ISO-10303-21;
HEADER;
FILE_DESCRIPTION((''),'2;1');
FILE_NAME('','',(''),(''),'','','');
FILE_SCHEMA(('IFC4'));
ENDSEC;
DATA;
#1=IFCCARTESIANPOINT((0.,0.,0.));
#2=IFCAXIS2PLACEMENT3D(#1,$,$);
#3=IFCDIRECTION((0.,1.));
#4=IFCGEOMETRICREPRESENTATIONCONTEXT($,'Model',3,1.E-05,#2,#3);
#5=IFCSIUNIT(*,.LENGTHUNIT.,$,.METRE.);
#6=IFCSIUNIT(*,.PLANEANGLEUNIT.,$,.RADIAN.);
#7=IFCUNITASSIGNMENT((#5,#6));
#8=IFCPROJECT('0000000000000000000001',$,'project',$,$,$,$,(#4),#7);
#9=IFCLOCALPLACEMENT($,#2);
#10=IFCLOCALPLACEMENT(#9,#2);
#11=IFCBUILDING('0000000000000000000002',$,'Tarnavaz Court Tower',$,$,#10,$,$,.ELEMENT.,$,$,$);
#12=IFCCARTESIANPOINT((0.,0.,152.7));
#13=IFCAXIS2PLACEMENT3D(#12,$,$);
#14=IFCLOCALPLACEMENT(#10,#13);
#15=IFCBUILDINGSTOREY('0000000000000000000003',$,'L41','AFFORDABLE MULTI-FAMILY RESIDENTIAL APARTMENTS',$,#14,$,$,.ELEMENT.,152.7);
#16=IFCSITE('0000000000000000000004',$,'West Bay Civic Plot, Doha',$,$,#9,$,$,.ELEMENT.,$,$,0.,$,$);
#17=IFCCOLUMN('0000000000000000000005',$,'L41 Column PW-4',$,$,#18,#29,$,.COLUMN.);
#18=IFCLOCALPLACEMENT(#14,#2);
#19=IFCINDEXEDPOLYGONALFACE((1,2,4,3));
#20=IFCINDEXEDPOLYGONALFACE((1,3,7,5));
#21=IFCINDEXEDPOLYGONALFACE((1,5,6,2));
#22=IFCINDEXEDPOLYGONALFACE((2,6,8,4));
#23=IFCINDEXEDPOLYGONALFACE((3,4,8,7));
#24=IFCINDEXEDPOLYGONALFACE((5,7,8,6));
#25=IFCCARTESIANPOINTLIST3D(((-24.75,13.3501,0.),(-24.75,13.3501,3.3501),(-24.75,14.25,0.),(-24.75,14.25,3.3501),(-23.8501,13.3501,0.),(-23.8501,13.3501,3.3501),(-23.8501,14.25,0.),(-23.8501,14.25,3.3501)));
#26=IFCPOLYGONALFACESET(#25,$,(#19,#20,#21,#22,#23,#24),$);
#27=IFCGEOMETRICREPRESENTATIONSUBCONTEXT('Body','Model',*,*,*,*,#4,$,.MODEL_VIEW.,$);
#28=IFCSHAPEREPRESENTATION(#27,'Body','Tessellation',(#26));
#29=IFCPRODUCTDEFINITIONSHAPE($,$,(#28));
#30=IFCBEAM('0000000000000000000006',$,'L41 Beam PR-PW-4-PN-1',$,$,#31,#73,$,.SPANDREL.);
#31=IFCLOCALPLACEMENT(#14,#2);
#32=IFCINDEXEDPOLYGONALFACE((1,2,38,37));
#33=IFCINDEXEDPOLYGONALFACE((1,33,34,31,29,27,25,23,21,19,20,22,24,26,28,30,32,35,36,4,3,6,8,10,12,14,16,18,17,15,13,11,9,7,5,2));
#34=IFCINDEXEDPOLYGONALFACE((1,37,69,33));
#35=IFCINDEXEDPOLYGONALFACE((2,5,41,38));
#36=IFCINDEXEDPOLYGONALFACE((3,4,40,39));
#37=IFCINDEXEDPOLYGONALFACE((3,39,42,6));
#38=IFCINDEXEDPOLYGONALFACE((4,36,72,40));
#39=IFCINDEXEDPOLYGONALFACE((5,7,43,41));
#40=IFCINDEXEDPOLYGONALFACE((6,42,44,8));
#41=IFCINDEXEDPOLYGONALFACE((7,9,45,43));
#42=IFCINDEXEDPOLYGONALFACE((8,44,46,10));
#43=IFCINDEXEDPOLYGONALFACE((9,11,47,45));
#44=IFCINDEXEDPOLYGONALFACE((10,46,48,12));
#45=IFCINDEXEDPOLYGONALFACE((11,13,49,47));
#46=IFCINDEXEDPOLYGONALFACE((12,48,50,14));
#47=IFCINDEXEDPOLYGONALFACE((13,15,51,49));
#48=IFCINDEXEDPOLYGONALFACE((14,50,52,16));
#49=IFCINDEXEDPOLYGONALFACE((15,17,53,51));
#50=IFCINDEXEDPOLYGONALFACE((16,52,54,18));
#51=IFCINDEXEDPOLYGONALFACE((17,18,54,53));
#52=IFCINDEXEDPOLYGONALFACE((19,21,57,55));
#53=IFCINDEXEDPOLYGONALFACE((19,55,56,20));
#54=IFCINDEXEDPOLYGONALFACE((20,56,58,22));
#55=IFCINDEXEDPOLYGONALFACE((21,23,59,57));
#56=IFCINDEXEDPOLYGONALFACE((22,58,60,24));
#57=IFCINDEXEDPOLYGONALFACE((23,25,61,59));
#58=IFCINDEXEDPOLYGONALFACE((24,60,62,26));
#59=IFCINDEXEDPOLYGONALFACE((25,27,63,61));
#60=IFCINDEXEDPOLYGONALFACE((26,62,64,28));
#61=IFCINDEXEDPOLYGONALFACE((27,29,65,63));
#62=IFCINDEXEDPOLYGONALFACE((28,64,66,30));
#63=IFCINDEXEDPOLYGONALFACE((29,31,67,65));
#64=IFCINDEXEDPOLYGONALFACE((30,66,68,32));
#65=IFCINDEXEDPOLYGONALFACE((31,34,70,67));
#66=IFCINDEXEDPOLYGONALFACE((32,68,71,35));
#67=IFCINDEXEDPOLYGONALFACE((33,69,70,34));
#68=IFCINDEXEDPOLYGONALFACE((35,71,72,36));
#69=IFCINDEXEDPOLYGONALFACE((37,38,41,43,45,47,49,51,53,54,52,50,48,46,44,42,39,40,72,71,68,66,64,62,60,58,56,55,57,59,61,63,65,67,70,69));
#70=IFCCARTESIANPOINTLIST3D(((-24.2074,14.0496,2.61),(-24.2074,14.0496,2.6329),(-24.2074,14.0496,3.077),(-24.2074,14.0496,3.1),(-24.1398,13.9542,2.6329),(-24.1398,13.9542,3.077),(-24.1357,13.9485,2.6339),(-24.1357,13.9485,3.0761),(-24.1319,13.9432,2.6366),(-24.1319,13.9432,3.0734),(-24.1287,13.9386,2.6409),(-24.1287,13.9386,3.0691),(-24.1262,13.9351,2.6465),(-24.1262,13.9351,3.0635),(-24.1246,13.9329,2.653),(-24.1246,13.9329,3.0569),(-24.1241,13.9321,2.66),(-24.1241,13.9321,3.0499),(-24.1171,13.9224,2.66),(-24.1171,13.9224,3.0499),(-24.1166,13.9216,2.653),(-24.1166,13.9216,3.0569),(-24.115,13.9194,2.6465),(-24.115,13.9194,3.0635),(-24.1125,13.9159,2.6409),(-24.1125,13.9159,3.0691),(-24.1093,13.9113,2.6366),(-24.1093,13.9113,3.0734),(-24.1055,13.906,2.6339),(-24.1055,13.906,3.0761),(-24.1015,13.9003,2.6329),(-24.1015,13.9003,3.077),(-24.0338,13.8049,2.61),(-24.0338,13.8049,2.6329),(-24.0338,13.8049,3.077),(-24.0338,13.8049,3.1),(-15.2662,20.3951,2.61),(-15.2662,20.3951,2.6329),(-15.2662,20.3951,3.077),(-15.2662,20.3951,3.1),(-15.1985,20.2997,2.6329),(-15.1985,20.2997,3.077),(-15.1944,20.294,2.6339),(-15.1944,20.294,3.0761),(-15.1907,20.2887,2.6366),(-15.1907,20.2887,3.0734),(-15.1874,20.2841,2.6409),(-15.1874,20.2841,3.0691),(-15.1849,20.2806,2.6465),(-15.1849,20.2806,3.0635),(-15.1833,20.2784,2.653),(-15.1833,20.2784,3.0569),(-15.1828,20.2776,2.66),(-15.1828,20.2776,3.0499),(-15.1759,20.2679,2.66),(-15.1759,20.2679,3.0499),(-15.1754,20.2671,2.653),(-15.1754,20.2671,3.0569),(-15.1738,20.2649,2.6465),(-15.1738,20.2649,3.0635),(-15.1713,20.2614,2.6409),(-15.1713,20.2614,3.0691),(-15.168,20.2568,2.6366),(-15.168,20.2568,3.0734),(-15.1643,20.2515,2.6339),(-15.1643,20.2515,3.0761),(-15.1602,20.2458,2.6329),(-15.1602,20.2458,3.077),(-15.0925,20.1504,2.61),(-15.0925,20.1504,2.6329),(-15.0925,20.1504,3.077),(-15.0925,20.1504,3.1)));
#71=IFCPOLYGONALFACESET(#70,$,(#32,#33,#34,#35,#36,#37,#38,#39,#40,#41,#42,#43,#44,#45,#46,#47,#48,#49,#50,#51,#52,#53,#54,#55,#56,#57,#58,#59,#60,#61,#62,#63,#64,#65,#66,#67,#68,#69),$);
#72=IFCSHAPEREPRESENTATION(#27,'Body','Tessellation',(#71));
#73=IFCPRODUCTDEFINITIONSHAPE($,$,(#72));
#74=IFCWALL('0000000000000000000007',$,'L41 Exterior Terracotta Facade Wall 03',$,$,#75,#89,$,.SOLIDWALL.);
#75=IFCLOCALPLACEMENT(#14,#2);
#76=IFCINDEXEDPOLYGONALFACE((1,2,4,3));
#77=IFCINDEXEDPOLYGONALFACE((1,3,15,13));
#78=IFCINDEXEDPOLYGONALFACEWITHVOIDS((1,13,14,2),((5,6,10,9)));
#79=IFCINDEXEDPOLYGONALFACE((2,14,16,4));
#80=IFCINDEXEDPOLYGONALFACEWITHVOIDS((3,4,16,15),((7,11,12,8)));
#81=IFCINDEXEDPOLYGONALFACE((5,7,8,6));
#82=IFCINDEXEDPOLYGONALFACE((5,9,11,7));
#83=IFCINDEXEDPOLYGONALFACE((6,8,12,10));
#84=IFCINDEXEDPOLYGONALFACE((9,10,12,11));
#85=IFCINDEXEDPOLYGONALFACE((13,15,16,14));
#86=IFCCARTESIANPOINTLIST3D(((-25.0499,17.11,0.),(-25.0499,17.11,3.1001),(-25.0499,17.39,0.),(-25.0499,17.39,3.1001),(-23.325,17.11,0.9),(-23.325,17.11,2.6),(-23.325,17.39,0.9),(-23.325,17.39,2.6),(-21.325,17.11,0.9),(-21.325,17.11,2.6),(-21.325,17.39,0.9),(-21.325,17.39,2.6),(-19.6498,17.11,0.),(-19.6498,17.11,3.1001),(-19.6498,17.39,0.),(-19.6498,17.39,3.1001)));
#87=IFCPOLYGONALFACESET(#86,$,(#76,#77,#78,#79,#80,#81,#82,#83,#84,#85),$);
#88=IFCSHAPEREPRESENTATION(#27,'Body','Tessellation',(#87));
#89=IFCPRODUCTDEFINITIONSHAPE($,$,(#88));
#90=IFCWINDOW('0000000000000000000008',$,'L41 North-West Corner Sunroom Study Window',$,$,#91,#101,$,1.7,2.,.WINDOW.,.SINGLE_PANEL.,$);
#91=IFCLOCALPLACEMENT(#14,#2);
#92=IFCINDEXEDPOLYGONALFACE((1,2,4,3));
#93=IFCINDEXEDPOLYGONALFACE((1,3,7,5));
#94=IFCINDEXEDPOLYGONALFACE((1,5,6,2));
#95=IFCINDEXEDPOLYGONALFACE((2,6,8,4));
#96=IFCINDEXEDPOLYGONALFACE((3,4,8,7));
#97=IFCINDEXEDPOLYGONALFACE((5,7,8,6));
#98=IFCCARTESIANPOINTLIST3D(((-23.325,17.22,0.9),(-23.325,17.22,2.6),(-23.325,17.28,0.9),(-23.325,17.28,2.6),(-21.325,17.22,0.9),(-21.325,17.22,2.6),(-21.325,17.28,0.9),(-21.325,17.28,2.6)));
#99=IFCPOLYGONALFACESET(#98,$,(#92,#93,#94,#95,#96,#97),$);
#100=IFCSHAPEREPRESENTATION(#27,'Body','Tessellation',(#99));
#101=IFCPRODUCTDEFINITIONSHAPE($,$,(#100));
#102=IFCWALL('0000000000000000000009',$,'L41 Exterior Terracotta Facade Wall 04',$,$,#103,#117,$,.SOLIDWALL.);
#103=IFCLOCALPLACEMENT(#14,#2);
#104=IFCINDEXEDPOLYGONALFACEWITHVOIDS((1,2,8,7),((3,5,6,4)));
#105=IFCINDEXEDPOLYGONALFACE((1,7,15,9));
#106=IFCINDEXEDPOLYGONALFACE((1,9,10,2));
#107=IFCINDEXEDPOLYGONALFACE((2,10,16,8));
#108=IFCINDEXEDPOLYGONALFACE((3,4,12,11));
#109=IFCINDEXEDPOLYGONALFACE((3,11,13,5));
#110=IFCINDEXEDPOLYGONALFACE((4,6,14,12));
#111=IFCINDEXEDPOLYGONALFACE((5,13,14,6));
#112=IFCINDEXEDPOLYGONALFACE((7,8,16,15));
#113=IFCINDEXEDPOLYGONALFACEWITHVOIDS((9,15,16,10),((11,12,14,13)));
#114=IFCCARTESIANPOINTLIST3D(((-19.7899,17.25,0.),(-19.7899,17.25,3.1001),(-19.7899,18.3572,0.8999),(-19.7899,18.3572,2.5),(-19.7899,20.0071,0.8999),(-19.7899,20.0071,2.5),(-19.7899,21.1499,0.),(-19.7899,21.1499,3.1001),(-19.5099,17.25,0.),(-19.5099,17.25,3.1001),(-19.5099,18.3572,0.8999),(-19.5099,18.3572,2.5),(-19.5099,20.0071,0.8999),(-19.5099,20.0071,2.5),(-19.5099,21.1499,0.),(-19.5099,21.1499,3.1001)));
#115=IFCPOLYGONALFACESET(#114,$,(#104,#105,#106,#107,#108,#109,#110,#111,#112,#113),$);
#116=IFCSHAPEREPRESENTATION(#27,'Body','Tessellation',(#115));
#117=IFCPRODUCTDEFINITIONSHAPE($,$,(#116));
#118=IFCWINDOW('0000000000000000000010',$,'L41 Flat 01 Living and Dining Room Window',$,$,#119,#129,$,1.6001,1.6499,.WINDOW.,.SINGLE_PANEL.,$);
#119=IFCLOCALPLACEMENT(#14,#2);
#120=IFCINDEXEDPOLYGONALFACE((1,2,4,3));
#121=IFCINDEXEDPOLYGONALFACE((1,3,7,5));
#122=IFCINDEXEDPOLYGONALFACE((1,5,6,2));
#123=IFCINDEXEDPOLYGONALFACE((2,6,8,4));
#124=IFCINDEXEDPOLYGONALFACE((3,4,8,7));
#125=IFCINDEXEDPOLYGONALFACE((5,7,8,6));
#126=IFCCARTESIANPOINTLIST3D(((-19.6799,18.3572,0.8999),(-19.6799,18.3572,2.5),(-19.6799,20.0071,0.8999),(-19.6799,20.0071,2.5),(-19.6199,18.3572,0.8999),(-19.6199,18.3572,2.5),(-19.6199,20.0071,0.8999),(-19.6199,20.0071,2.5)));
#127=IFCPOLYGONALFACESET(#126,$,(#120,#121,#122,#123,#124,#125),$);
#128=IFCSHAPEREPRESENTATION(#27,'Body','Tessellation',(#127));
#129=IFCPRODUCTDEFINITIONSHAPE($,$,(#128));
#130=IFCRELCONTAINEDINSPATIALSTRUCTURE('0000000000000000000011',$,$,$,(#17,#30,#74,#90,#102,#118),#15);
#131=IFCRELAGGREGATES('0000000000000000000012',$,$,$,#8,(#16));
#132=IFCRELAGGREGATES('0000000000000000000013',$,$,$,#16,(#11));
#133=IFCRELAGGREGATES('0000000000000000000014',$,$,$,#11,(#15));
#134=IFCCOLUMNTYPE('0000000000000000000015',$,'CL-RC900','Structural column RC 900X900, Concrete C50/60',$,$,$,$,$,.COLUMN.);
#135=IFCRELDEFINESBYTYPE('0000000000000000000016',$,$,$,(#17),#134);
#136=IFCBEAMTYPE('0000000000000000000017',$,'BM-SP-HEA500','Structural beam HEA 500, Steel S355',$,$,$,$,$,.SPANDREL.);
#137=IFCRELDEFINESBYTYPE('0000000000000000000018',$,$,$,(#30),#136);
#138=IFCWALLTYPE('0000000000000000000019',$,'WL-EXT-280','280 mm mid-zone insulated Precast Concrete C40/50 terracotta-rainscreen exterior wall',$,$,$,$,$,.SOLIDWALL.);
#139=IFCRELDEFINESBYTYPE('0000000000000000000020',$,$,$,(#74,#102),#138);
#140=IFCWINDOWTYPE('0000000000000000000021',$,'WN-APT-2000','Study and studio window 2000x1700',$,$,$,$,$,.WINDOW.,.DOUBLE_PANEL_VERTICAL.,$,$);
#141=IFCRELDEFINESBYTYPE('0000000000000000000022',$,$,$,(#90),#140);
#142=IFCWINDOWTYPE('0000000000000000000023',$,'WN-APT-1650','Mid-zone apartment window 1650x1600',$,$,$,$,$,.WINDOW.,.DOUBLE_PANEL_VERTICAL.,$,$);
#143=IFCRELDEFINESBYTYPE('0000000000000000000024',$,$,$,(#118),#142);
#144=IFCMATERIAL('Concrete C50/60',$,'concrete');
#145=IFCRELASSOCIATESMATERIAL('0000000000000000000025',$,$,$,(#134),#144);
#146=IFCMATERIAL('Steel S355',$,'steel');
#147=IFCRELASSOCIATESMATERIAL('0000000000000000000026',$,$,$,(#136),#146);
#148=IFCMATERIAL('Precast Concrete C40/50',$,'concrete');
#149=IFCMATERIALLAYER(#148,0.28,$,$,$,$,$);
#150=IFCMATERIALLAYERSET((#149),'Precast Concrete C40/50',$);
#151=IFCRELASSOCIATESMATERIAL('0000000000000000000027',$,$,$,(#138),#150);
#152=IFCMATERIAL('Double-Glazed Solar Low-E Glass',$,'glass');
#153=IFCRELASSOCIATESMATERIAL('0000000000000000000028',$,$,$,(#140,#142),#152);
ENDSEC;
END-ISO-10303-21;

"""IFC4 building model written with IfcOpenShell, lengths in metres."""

from ifc_helpers import new_model, si_unit, direction, frame, frame_2d, origin, origin_2d, place, context, subcontext, project, spatial, rectangle, i_section, extrude, material, layer, layer_set, material_profile, profile_set, type_object, element, fill, save


model = new_model("IFC4")

# Units and contexts
model_context = context("Model", 3, precision=1e-05, world=origin(), true_north=direction((0.0, 1.0)))
body_context = subcontext(model_context, "Body", "Model", "MODEL_VIEW")
ifc_project = project(units=[si_unit("LENGTHUNIT", "METRE"), si_unit("PLANEANGLEUNIT", "RADIAN")], contexts=[model_context])

# Site, building, storey
site_placement = place(None, origin())
site = spatial("IfcSite", under=ifc_project, at=site_placement, Name="West Bay Civic Plot, Doha", CompositionType="ELEMENT", RefElevation=0.0)
building_placement = place(site_placement, origin())
building = spatial("IfcBuilding", under=site, at=building_placement, Name="Tarnavaz Court Tower", CompositionType="ELEMENT")
storey_placement = place(building_placement, frame((0.0, 0.0, 152.7)))
storey = spatial("IfcBuildingStorey", under=building, at=storey_placement, Name="L41", Description="AFFORDABLE MULTI-FAMILY RESIDENTIAL APARTMENTS", CompositionType="ELEMENT", Elevation=152.7)

# Column
ifc_material_1 = material(Name="Concrete C50/60", Category="concrete")
ifc_material_profile_1 = material_profile(ifc_material_1, rectangle(XDim=0.8999, YDim=0.8999, at=origin_2d()), Name="RC 900X900")
ifc_profile_set_1 = profile_set([ifc_material_profile_1], Name="Concrete C50/60")
column_type = type_object("IfcColumnType", Name="CL-RC900", Description="Structural column RC 900X900, Concrete C50/60", PredefinedType="COLUMN", material=ifc_profile_set_1)
column_placement = place(storey_placement, frame((-24.3, 13.8, 0.0), z_axis=(0.0, 0.0, 1.0), x_axis=(1.0, 0.0, 0.0)))
element("IfcColumn", 1, at=column_placement, inside=storey, type_object=column_type, Name="L41 Column PW-4", PredefinedType="COLUMN", context=body_context, shape_type="SweptSolid", body=[
    extrude(rectangle(XDim=0.8999, YDim=0.8999, at=origin_2d()), origin(), (0.0, 0.0, 1.0), 3.3501),
])

# Beam
ifc_material_2 = material(Name="Steel S355", Category="steel")
ifc_material_profile_2 = material_profile(ifc_material_2, i_section(OverallWidth=0.3, OverallDepth=0.49, WebThickness=0.012, FlangeThickness=0.0229, FilletRadius=0.0271, at=origin_2d()), Name="HEA 500")
ifc_profile_set_2 = profile_set([ifc_material_profile_2], Name="Steel S355")
beam_type = type_object("IfcBeamType", Name="BM-SP-HEA500", Description="Structural beam HEA 500, Steel S355", PredefinedType="SPANDREL", material=ifc_profile_set_2)
beam_placement = place(storey_placement, frame((-24.1206, 13.9272, 2.855), z_axis=(0.815502, 0.578754, 0.0), x_axis=(-0.578754, 0.815502, 0.0)))
element("IfcBeam", 2, at=beam_placement, inside=storey, type_object=beam_type, Name="L41 Beam PR-PW-4-PN-1", PredefinedType="SPANDREL", context=body_context, shape_type="SweptSolid", body=[
    extrude(i_section(OverallWidth=0.3, OverallDepth=0.49, WebThickness=0.012, FlangeThickness=0.0229, FilletRadius=0.0271, at=origin_2d()), origin(), (0.0, 0.0, 1.0), 10.9641),
])

# Walls, openings, windows
ifc_material_3 = material(Name="Precast Concrete C40/50", Category="concrete")
ifc_layer_1 = layer(ifc_material_3, 0.28)
ifc_layer_set_1 = layer_set([ifc_layer_1], Name="Precast Concrete C40/50")
wall_type_1 = type_object("IfcWallType", Name="WL-EXT-280", Description="280 mm mid-zone insulated Precast Concrete C40/50 terracotta-rainscreen exterior wall", PredefinedType="SOLIDWALL", material=ifc_layer_set_1)
wall_1_placement = place(storey_placement, frame((-25.05, 17.25, 0.0), z_axis=(0.0, 0.0, 1.0), x_axis=(1.0, 0.0, 0.0)))
wall_1 = element("IfcWall", 3, at=wall_1_placement, inside=storey, type_object=wall_type_1, Name="L41 Exterior Terracotta Facade Wall 03", PredefinedType="SOLIDWALL", context=body_context, shape_type="SweptSolid", body=[
    extrude(rectangle(XDim=5.4001, YDim=0.28, at=frame_2d((2.7002, 0.0))), origin(), (0.0, 0.0, 1.0), 3.1001),
])
opening_1_placement = place(wall_1_placement, frame((1.7251, 0.0, 0.8999)))
opening_1 = element("IfcOpeningElement", 4, at=opening_1_placement, cuts=wall_1, PredefinedType="OPENING", context=body_context, shape_type="SweptSolid", body=[
    extrude(rectangle(XDim=2.0, YDim=1.7, at=frame_2d((1.0, 0.8501))), frame((0.0, 0.1499, 0.0), z_axis=(0.0, -1.0, 0.0), x_axis=(1.0, 0.0, 0.0)), (0.0, 0.0, 1.0), 0.3),
])
ifc_material_4 = material(Name="Double-Glazed Solar Low-E Glass", Category="glass")
window_type_1 = type_object("IfcWindowType", Name="WN-APT-2000", Description="Study and studio window 2000x1700", PartitioningType="DOUBLE_PANEL_VERTICAL", PredefinedType="WINDOW", material=ifc_material_4)
window_1_placement = place(opening_1_placement, origin())
window_1 = element("IfcWindow", 5, at=window_1_placement, inside=storey, type_object=window_type_1, Name="L41 North-West Corner Sunroom Study Window", OverallHeight=1.7, OverallWidth=2.0, PartitioningType="SINGLE_PANEL", PredefinedType="WINDOW", context=body_context, shape_type="SweptSolid", body=[
    extrude(rectangle(XDim=2.0, YDim=1.7, at=frame_2d((1.0, 0.8501))), frame((0.0, 0.03, 0.0), z_axis=(0.0, -1.0, 0.0), x_axis=(1.0, 0.0, 0.0)), (0.0, 0.0, 1.0), 0.0601),
])
fill(opening_1, window_1)
wall_2_placement = place(storey_placement, frame((-19.6499, 17.25, 0.0), z_axis=(0.0, 0.0, 1.0), x_axis=(0.0, 1.0, 0.0)))
wall_2 = element("IfcWall", 6, at=wall_2_placement, inside=storey, type_object=wall_type_1, Name="L41 Exterior Terracotta Facade Wall 04", PredefinedType="SOLIDWALL", context=body_context, shape_type="SweptSolid", body=[
    extrude(rectangle(XDim=3.8999, YDim=0.28, at=frame_2d((1.95, 0.0))), origin(), (0.0, 0.0, 1.0), 3.1001),
])
opening_2_placement = place(wall_2_placement, frame((1.1072, 0.0, 0.8999)))
opening_2 = element("IfcOpeningElement", 7, at=opening_2_placement, cuts=wall_2, PredefinedType="OPENING", context=body_context, shape_type="SweptSolid", body=[
    extrude(rectangle(XDim=1.6499, YDim=1.6001, at=frame_2d((0.825, 0.8))), frame((0.0, 0.1499, 0.0), z_axis=(0.0, -1.0, 0.0), x_axis=(1.0, 0.0, 0.0)), (0.0, 0.0, 1.0), 0.3),
])
window_type_2 = type_object("IfcWindowType", Name="WN-APT-1650", Description="Mid-zone apartment window 1650x1600", PartitioningType="DOUBLE_PANEL_VERTICAL", PredefinedType="WINDOW", material=ifc_material_4)
window_2_placement = place(opening_2_placement, origin())
window_2 = element("IfcWindow", 8, at=window_2_placement, inside=storey, type_object=window_type_2, Name="L41 Flat 01 Living and Dining Room Window", OverallHeight=1.6001, OverallWidth=1.6499, PartitioningType="SINGLE_PANEL", PredefinedType="WINDOW", context=body_context, shape_type="SweptSolid", body=[
    extrude(rectangle(XDim=1.6499, YDim=1.6001, at=frame_2d((0.825, 0.8))), frame((0.0, 0.03, 0.0), z_axis=(0.0, -1.0, 0.0), x_axis=(1.0, 0.0, 0.0)), (0.0, 0.0, 1.0), 0.0601),
])
fill(opening_2, window_2)

save(model, "model.ifc")
